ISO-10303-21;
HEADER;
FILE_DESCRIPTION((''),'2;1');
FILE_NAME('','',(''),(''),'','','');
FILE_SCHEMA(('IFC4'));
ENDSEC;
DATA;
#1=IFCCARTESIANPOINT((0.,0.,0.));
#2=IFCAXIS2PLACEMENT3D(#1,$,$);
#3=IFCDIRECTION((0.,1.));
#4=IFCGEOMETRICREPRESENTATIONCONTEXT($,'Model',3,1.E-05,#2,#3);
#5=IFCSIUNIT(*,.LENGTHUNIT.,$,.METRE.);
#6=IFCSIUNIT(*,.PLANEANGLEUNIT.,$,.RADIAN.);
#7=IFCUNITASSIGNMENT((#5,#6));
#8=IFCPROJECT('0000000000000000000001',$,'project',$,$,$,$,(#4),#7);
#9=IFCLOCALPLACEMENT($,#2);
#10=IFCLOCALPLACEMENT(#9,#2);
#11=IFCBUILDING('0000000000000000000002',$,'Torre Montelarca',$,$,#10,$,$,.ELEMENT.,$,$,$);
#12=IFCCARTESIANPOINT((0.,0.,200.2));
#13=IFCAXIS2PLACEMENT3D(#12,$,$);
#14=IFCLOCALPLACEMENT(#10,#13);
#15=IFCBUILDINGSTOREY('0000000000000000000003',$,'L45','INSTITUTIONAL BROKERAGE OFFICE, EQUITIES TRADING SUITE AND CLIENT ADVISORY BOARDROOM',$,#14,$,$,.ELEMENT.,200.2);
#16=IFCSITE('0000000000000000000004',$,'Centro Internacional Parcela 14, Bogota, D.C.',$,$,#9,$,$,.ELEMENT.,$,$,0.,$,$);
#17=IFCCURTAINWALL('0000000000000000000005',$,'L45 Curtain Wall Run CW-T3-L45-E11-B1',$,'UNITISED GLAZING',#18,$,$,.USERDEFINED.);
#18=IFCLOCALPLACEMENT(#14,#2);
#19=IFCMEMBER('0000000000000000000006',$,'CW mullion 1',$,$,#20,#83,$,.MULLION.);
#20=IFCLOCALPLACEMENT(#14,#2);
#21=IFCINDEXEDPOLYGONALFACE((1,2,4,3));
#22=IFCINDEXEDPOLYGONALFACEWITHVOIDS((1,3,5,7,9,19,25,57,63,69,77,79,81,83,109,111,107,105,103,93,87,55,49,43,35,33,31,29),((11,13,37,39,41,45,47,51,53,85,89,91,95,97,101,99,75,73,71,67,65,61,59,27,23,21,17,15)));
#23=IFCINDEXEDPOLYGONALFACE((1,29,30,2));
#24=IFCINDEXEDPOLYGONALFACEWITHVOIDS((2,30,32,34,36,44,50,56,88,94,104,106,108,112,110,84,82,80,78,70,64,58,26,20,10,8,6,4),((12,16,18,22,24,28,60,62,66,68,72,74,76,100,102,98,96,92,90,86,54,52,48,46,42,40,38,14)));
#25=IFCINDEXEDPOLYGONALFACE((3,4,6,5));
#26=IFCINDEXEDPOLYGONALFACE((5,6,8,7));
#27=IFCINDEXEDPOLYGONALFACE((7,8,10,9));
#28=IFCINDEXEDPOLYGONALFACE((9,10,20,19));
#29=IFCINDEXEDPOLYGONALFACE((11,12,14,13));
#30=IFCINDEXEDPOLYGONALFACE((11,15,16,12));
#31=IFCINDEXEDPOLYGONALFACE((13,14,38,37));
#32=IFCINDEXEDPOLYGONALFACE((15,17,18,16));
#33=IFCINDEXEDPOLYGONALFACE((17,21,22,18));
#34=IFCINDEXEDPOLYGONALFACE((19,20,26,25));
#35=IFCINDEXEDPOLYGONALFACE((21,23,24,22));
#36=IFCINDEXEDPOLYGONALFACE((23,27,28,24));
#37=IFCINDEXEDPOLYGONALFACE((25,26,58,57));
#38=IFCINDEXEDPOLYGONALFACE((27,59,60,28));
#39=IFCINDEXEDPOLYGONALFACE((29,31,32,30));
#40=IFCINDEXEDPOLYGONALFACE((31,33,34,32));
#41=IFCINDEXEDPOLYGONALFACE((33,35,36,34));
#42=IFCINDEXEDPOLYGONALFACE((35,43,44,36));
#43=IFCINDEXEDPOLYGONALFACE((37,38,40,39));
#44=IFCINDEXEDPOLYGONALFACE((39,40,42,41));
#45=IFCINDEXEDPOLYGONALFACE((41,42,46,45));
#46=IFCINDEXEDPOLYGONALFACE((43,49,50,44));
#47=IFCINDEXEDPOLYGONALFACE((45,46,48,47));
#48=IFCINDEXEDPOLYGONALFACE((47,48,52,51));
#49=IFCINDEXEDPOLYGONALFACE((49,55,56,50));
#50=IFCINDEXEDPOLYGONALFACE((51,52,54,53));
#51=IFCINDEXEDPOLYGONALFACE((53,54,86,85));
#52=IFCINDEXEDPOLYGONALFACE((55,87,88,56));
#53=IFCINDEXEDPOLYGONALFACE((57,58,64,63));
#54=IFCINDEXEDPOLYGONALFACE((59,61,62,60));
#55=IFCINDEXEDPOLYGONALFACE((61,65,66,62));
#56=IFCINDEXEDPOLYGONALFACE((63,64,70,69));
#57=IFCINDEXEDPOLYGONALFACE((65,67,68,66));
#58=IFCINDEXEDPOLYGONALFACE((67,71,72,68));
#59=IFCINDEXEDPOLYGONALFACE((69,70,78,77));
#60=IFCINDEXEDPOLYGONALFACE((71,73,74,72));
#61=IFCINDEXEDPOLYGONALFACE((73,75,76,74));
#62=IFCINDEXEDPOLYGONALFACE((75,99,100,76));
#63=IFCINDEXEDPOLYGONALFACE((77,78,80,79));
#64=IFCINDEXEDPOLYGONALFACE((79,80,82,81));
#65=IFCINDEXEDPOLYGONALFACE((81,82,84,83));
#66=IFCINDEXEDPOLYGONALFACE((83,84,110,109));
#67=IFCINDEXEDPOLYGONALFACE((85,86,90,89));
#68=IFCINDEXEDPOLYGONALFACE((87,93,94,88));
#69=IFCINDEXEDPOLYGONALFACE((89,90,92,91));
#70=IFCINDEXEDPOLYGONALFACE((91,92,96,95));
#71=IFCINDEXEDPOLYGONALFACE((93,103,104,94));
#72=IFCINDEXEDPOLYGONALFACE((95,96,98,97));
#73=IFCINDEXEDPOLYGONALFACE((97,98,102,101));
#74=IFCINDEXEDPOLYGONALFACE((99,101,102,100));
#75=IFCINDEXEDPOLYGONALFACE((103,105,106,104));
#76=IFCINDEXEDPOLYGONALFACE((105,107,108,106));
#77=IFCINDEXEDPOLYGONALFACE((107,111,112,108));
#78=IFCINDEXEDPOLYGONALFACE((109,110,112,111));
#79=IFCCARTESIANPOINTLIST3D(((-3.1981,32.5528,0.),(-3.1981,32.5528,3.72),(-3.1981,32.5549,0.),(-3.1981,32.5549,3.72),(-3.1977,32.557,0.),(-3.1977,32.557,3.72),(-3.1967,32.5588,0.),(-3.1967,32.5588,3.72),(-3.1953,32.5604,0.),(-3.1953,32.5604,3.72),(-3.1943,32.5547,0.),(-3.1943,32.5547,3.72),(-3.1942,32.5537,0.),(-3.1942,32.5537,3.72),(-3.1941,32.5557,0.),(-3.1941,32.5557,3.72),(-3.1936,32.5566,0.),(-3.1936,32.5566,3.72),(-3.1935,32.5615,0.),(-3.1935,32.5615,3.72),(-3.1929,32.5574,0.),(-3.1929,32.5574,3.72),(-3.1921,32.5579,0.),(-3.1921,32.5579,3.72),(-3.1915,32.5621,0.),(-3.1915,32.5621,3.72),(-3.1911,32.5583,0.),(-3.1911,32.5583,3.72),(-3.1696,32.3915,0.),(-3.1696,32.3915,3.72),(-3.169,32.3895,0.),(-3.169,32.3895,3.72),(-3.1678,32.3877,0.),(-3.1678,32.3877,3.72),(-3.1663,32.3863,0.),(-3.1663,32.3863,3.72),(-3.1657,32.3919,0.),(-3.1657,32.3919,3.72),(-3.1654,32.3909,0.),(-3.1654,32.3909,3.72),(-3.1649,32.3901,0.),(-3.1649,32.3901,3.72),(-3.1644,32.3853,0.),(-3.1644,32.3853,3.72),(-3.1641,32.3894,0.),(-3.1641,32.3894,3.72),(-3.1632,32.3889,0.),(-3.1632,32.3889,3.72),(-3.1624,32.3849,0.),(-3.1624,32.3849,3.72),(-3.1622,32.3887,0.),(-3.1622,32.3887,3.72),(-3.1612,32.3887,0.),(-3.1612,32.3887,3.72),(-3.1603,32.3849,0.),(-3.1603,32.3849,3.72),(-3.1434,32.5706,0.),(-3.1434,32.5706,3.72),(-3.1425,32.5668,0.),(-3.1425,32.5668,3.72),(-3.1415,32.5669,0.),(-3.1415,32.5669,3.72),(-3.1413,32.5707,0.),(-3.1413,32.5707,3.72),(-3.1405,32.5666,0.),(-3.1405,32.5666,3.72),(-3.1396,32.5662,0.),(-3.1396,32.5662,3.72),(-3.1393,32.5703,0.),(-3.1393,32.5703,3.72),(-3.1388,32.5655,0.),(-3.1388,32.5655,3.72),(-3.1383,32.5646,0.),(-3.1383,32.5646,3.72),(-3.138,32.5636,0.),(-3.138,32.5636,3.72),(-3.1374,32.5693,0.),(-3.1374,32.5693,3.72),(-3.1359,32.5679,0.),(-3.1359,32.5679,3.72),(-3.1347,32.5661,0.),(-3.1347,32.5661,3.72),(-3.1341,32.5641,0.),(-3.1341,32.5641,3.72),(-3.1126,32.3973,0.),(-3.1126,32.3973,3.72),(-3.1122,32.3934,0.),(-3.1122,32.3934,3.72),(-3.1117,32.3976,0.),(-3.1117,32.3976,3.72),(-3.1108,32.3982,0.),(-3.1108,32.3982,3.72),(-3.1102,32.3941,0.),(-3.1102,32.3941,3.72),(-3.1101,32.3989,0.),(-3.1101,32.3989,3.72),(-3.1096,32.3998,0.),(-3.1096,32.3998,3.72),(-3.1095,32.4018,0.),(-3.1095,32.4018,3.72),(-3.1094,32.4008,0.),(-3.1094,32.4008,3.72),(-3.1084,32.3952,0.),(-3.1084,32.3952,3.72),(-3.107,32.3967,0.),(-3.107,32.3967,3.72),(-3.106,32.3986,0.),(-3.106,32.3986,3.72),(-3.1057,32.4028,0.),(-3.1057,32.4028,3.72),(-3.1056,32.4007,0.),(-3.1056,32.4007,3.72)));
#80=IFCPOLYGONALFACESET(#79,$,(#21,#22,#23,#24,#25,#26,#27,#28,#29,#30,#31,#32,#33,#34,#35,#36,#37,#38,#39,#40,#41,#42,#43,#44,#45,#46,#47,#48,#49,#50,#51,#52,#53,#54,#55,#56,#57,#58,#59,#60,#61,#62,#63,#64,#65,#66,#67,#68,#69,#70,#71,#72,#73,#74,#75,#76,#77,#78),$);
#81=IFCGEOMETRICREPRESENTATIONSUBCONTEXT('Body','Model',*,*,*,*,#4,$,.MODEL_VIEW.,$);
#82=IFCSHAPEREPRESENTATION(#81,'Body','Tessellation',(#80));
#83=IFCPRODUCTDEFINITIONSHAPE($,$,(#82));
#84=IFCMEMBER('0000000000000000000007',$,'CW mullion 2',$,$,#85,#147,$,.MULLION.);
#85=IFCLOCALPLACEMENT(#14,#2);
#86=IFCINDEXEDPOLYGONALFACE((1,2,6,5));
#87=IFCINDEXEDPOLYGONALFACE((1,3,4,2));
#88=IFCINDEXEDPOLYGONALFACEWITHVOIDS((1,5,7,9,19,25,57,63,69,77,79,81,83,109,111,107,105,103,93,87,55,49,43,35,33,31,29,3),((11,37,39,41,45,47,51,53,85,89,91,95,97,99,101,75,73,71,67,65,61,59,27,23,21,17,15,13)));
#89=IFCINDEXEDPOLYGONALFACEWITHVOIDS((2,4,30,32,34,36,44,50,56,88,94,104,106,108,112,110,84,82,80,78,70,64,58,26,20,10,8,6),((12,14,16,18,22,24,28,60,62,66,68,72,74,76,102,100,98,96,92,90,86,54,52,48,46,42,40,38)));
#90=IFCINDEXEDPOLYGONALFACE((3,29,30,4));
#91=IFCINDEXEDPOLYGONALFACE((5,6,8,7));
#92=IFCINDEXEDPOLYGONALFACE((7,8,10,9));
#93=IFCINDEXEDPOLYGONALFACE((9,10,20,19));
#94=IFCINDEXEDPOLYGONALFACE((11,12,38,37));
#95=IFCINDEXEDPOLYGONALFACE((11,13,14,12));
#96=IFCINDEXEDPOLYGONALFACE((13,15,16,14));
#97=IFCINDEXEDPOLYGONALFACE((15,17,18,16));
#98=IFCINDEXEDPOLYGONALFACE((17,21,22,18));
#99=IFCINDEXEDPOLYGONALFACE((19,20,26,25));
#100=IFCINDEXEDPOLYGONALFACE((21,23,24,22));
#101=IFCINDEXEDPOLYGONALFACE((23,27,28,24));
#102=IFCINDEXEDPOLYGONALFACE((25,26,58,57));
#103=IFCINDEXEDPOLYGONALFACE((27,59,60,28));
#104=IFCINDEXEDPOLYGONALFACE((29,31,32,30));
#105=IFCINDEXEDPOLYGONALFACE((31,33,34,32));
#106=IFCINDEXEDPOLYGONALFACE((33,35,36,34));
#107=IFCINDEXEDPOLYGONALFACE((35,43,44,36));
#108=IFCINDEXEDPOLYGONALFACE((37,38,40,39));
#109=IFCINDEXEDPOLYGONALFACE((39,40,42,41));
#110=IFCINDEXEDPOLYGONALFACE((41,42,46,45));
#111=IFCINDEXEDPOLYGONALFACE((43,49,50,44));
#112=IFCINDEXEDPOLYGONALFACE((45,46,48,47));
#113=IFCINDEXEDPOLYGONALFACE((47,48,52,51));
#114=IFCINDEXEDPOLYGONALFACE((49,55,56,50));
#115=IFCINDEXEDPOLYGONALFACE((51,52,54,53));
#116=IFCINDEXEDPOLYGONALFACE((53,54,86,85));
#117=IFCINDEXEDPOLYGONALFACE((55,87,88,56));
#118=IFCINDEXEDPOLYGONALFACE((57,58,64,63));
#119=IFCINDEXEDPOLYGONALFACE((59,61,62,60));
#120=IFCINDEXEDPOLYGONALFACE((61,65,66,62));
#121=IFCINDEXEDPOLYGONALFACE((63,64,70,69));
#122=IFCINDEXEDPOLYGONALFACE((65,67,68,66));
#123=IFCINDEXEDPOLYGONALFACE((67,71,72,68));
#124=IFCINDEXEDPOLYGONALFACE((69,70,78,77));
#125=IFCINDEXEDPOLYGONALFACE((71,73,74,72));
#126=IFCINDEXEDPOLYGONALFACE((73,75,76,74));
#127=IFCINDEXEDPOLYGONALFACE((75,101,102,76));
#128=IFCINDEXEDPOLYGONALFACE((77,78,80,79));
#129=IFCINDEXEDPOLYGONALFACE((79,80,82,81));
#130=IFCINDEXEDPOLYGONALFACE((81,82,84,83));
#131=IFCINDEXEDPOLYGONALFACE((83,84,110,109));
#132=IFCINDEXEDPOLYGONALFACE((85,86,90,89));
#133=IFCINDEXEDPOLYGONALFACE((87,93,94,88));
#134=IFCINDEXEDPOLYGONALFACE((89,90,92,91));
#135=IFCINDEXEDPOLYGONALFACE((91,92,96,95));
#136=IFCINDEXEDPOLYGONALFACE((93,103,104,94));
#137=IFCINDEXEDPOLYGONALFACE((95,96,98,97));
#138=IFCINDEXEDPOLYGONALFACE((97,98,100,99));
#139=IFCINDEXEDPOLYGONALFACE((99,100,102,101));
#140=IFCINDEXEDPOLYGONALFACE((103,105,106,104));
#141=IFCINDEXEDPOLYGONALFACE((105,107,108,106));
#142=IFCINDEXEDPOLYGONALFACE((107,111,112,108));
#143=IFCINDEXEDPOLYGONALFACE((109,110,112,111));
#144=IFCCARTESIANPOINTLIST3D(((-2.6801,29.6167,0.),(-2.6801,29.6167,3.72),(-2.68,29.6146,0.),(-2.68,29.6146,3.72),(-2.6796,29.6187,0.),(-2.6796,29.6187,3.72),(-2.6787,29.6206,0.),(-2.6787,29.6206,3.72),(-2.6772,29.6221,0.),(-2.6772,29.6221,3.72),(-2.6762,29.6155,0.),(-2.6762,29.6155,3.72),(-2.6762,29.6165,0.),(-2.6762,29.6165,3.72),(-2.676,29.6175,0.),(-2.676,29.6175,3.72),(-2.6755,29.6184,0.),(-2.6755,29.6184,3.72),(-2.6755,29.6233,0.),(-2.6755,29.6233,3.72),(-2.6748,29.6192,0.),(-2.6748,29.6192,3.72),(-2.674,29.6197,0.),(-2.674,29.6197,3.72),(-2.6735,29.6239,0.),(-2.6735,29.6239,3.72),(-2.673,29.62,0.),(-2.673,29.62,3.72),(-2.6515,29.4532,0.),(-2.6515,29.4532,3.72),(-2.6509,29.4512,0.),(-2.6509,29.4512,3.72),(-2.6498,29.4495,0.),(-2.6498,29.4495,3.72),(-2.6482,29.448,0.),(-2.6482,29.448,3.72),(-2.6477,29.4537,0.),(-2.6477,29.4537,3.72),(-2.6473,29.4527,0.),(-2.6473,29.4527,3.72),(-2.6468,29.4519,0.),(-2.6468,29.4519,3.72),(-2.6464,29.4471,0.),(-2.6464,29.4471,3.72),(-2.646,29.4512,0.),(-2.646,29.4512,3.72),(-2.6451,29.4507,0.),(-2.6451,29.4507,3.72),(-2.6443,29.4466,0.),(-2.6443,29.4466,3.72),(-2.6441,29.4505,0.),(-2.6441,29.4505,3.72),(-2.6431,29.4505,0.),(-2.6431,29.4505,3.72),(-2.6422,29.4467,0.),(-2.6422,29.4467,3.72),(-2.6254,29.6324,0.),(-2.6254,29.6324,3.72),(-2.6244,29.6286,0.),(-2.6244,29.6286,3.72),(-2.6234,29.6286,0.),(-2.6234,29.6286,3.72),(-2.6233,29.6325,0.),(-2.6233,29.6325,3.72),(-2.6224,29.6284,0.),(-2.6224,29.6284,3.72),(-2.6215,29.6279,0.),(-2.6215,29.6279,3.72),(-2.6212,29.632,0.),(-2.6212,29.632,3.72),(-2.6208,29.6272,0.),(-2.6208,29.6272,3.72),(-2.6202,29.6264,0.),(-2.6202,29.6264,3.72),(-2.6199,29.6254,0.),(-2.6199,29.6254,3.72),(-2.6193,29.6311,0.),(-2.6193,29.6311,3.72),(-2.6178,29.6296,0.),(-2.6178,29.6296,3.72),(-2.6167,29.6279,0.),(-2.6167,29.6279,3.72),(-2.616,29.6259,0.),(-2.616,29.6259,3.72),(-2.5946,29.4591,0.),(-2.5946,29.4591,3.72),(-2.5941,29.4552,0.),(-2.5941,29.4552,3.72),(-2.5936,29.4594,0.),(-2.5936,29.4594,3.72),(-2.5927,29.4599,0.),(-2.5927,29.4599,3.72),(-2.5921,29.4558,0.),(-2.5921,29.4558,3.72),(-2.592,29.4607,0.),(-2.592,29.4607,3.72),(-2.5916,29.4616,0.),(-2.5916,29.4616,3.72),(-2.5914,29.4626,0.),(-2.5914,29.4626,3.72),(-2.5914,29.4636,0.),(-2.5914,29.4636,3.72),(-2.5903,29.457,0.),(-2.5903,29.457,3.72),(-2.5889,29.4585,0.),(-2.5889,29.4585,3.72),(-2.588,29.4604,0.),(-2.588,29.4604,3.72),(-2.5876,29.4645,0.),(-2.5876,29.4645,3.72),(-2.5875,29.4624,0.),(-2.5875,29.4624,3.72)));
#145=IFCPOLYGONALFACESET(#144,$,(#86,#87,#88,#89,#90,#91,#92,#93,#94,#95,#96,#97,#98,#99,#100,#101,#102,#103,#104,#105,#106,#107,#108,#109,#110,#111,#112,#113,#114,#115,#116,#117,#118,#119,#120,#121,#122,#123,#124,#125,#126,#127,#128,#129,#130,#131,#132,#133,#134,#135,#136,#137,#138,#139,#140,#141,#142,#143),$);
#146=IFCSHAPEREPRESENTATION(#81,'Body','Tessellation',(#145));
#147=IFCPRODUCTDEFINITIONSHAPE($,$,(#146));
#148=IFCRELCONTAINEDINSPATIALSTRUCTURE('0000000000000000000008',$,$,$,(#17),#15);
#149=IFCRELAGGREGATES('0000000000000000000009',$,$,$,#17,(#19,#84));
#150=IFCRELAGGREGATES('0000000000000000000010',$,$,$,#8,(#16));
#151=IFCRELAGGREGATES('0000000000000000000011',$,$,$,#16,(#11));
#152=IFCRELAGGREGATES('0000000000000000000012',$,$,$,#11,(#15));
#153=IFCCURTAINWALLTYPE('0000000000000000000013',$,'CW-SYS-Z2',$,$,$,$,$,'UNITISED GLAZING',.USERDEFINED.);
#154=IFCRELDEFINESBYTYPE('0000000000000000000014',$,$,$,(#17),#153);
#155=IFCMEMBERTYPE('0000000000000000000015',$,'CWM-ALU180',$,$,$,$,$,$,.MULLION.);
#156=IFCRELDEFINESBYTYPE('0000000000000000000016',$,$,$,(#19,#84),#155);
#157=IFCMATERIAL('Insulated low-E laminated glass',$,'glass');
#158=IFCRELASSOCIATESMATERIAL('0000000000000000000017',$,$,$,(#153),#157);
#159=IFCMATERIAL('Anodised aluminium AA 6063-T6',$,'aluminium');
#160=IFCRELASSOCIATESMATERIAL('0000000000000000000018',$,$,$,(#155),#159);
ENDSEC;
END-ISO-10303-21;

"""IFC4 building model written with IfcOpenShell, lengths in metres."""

from ifc_helpers import new_model, si_unit, direction, frame, origin, origin_2d, place, context, subcontext, project, spatial, hollow_rectangle, extrude, source, transform, mapped, material, material_profile, profile_set, type_object, element, aggregate, save


model = new_model("IFC4")

# Units and contexts
model_context = context("Model", 3, precision=1e-05, world=origin(), true_north=direction((0.0, 1.0)))
body_context = subcontext(model_context, "Body", "Model", "MODEL_VIEW")
ifc_project = project(units=[si_unit("LENGTHUNIT", "METRE"), si_unit("PLANEANGLEUNIT", "RADIAN")], contexts=[model_context])

# Site, building, storey
site_placement = place(None, origin())
site = spatial("IfcSite", under=ifc_project, at=site_placement, Name="Centro Internacional Parcela 14, Bogota, D.C.", CompositionType="ELEMENT", RefElevation=0.0)
building_placement = place(site_placement, origin())
building = spatial("IfcBuilding", under=site, at=building_placement, Name="Torre Montelarca", CompositionType="ELEMENT")
storey_placement = place(building_placement, frame((0.0, 0.0, 200.2)))
storey = spatial("IfcBuildingStorey", under=building, at=storey_placement, Name="L45", Description="INSTITUTIONAL BROKERAGE OFFICE, EQUITIES TRADING SUITE AND CLIENT ADVISORY BOARDROOM", CompositionType="ELEMENT", Elevation=200.2)

# Curtain wall
ifc_material_1 = material(Name="Insulated low-E laminated glass", Category="glass")
curtain_wall_type = type_object("IfcCurtainWallType", Name="CW-SYS-Z2", ElementType="UNITISED GLAZING", PredefinedType="USERDEFINED", material=ifc_material_1)
curtain_wall_1_placement = place(storey_placement, origin())
curtain_wall_1 = element("IfcCurtainWall", 1, at=curtain_wall_1_placement, inside=storey, type_object=curtain_wall_type, Name="L45 Curtain Wall Run CW-T3-L45-E11-B1", ObjectType="UNITISED GLAZING", PredefinedType="USERDEFINED")
ifc_material_2 = material(Name="Anodised aluminium AA 6063-T6", Category="aluminium")

# Shared definitions
ifc_material_profile_1 = material_profile(ifc_material_2, hollow_rectangle(XDim=0.0649, YDim=0.1799, WallThickness=0.0039, InnerFilletRadius=0.0039, OuterFilletRadius=0.0081, at=origin_2d()), Name="ALU65X180X4", Category="aluminium")
ifc_profile_set_1 = profile_set([ifc_material_profile_1], Name="Anodised aluminium AA 6063-T6")
member_type_1 = type_object("IfcMemberType", Name="CWM-ALU180", PredefinedType="MULLION", material=ifc_profile_set_1)
shared_shape_1 = source(origin(), body_context, "Body", "SweptSolid", [
    extrude(hollow_rectangle(XDim=0.0649, YDim=0.1799, WallThickness=0.0039, InnerFilletRadius=0.0039, OuterFilletRadius=0.0081, at=origin_2d()), origin(), (0.0, 0.0, 1.0), 3.72),
])

# Members
member_1_placement = place(storey_placement, frame((-3.1519, 32.4778, 0.0), z_axis=(0.0, 0.0, 1.0), x_axis=(0.984813, 0.173621, 0.0)))
member_1 = element("IfcMember", 2, at=member_1_placement, type_object=member_type_1, Name="CW mullion 1", PredefinedType="MULLION", context=body_context, shape_type="MappedRepresentation", body=[
    mapped(shared_shape_1, transform((0.0, 0.0, 0.0), scale=1.0)),
])
member_2_placement = place(storey_placement, frame((-2.6338, 29.5396, 0.0), z_axis=(0.0, 0.0, 1.0), x_axis=(0.984813, 0.173621, 0.0)))
member_2 = element("IfcMember", 3, at=member_2_placement, type_object=member_type_1, Name="CW mullion 2", PredefinedType="MULLION", context=body_context, shape_type="MappedRepresentation", body=[
    mapped(shared_shape_1, transform((0.0, 0.0, 0.0), scale=1.0)),
])

aggregate(curtain_wall_1, [member_1, member_2])

save(model, "model.ifc")
